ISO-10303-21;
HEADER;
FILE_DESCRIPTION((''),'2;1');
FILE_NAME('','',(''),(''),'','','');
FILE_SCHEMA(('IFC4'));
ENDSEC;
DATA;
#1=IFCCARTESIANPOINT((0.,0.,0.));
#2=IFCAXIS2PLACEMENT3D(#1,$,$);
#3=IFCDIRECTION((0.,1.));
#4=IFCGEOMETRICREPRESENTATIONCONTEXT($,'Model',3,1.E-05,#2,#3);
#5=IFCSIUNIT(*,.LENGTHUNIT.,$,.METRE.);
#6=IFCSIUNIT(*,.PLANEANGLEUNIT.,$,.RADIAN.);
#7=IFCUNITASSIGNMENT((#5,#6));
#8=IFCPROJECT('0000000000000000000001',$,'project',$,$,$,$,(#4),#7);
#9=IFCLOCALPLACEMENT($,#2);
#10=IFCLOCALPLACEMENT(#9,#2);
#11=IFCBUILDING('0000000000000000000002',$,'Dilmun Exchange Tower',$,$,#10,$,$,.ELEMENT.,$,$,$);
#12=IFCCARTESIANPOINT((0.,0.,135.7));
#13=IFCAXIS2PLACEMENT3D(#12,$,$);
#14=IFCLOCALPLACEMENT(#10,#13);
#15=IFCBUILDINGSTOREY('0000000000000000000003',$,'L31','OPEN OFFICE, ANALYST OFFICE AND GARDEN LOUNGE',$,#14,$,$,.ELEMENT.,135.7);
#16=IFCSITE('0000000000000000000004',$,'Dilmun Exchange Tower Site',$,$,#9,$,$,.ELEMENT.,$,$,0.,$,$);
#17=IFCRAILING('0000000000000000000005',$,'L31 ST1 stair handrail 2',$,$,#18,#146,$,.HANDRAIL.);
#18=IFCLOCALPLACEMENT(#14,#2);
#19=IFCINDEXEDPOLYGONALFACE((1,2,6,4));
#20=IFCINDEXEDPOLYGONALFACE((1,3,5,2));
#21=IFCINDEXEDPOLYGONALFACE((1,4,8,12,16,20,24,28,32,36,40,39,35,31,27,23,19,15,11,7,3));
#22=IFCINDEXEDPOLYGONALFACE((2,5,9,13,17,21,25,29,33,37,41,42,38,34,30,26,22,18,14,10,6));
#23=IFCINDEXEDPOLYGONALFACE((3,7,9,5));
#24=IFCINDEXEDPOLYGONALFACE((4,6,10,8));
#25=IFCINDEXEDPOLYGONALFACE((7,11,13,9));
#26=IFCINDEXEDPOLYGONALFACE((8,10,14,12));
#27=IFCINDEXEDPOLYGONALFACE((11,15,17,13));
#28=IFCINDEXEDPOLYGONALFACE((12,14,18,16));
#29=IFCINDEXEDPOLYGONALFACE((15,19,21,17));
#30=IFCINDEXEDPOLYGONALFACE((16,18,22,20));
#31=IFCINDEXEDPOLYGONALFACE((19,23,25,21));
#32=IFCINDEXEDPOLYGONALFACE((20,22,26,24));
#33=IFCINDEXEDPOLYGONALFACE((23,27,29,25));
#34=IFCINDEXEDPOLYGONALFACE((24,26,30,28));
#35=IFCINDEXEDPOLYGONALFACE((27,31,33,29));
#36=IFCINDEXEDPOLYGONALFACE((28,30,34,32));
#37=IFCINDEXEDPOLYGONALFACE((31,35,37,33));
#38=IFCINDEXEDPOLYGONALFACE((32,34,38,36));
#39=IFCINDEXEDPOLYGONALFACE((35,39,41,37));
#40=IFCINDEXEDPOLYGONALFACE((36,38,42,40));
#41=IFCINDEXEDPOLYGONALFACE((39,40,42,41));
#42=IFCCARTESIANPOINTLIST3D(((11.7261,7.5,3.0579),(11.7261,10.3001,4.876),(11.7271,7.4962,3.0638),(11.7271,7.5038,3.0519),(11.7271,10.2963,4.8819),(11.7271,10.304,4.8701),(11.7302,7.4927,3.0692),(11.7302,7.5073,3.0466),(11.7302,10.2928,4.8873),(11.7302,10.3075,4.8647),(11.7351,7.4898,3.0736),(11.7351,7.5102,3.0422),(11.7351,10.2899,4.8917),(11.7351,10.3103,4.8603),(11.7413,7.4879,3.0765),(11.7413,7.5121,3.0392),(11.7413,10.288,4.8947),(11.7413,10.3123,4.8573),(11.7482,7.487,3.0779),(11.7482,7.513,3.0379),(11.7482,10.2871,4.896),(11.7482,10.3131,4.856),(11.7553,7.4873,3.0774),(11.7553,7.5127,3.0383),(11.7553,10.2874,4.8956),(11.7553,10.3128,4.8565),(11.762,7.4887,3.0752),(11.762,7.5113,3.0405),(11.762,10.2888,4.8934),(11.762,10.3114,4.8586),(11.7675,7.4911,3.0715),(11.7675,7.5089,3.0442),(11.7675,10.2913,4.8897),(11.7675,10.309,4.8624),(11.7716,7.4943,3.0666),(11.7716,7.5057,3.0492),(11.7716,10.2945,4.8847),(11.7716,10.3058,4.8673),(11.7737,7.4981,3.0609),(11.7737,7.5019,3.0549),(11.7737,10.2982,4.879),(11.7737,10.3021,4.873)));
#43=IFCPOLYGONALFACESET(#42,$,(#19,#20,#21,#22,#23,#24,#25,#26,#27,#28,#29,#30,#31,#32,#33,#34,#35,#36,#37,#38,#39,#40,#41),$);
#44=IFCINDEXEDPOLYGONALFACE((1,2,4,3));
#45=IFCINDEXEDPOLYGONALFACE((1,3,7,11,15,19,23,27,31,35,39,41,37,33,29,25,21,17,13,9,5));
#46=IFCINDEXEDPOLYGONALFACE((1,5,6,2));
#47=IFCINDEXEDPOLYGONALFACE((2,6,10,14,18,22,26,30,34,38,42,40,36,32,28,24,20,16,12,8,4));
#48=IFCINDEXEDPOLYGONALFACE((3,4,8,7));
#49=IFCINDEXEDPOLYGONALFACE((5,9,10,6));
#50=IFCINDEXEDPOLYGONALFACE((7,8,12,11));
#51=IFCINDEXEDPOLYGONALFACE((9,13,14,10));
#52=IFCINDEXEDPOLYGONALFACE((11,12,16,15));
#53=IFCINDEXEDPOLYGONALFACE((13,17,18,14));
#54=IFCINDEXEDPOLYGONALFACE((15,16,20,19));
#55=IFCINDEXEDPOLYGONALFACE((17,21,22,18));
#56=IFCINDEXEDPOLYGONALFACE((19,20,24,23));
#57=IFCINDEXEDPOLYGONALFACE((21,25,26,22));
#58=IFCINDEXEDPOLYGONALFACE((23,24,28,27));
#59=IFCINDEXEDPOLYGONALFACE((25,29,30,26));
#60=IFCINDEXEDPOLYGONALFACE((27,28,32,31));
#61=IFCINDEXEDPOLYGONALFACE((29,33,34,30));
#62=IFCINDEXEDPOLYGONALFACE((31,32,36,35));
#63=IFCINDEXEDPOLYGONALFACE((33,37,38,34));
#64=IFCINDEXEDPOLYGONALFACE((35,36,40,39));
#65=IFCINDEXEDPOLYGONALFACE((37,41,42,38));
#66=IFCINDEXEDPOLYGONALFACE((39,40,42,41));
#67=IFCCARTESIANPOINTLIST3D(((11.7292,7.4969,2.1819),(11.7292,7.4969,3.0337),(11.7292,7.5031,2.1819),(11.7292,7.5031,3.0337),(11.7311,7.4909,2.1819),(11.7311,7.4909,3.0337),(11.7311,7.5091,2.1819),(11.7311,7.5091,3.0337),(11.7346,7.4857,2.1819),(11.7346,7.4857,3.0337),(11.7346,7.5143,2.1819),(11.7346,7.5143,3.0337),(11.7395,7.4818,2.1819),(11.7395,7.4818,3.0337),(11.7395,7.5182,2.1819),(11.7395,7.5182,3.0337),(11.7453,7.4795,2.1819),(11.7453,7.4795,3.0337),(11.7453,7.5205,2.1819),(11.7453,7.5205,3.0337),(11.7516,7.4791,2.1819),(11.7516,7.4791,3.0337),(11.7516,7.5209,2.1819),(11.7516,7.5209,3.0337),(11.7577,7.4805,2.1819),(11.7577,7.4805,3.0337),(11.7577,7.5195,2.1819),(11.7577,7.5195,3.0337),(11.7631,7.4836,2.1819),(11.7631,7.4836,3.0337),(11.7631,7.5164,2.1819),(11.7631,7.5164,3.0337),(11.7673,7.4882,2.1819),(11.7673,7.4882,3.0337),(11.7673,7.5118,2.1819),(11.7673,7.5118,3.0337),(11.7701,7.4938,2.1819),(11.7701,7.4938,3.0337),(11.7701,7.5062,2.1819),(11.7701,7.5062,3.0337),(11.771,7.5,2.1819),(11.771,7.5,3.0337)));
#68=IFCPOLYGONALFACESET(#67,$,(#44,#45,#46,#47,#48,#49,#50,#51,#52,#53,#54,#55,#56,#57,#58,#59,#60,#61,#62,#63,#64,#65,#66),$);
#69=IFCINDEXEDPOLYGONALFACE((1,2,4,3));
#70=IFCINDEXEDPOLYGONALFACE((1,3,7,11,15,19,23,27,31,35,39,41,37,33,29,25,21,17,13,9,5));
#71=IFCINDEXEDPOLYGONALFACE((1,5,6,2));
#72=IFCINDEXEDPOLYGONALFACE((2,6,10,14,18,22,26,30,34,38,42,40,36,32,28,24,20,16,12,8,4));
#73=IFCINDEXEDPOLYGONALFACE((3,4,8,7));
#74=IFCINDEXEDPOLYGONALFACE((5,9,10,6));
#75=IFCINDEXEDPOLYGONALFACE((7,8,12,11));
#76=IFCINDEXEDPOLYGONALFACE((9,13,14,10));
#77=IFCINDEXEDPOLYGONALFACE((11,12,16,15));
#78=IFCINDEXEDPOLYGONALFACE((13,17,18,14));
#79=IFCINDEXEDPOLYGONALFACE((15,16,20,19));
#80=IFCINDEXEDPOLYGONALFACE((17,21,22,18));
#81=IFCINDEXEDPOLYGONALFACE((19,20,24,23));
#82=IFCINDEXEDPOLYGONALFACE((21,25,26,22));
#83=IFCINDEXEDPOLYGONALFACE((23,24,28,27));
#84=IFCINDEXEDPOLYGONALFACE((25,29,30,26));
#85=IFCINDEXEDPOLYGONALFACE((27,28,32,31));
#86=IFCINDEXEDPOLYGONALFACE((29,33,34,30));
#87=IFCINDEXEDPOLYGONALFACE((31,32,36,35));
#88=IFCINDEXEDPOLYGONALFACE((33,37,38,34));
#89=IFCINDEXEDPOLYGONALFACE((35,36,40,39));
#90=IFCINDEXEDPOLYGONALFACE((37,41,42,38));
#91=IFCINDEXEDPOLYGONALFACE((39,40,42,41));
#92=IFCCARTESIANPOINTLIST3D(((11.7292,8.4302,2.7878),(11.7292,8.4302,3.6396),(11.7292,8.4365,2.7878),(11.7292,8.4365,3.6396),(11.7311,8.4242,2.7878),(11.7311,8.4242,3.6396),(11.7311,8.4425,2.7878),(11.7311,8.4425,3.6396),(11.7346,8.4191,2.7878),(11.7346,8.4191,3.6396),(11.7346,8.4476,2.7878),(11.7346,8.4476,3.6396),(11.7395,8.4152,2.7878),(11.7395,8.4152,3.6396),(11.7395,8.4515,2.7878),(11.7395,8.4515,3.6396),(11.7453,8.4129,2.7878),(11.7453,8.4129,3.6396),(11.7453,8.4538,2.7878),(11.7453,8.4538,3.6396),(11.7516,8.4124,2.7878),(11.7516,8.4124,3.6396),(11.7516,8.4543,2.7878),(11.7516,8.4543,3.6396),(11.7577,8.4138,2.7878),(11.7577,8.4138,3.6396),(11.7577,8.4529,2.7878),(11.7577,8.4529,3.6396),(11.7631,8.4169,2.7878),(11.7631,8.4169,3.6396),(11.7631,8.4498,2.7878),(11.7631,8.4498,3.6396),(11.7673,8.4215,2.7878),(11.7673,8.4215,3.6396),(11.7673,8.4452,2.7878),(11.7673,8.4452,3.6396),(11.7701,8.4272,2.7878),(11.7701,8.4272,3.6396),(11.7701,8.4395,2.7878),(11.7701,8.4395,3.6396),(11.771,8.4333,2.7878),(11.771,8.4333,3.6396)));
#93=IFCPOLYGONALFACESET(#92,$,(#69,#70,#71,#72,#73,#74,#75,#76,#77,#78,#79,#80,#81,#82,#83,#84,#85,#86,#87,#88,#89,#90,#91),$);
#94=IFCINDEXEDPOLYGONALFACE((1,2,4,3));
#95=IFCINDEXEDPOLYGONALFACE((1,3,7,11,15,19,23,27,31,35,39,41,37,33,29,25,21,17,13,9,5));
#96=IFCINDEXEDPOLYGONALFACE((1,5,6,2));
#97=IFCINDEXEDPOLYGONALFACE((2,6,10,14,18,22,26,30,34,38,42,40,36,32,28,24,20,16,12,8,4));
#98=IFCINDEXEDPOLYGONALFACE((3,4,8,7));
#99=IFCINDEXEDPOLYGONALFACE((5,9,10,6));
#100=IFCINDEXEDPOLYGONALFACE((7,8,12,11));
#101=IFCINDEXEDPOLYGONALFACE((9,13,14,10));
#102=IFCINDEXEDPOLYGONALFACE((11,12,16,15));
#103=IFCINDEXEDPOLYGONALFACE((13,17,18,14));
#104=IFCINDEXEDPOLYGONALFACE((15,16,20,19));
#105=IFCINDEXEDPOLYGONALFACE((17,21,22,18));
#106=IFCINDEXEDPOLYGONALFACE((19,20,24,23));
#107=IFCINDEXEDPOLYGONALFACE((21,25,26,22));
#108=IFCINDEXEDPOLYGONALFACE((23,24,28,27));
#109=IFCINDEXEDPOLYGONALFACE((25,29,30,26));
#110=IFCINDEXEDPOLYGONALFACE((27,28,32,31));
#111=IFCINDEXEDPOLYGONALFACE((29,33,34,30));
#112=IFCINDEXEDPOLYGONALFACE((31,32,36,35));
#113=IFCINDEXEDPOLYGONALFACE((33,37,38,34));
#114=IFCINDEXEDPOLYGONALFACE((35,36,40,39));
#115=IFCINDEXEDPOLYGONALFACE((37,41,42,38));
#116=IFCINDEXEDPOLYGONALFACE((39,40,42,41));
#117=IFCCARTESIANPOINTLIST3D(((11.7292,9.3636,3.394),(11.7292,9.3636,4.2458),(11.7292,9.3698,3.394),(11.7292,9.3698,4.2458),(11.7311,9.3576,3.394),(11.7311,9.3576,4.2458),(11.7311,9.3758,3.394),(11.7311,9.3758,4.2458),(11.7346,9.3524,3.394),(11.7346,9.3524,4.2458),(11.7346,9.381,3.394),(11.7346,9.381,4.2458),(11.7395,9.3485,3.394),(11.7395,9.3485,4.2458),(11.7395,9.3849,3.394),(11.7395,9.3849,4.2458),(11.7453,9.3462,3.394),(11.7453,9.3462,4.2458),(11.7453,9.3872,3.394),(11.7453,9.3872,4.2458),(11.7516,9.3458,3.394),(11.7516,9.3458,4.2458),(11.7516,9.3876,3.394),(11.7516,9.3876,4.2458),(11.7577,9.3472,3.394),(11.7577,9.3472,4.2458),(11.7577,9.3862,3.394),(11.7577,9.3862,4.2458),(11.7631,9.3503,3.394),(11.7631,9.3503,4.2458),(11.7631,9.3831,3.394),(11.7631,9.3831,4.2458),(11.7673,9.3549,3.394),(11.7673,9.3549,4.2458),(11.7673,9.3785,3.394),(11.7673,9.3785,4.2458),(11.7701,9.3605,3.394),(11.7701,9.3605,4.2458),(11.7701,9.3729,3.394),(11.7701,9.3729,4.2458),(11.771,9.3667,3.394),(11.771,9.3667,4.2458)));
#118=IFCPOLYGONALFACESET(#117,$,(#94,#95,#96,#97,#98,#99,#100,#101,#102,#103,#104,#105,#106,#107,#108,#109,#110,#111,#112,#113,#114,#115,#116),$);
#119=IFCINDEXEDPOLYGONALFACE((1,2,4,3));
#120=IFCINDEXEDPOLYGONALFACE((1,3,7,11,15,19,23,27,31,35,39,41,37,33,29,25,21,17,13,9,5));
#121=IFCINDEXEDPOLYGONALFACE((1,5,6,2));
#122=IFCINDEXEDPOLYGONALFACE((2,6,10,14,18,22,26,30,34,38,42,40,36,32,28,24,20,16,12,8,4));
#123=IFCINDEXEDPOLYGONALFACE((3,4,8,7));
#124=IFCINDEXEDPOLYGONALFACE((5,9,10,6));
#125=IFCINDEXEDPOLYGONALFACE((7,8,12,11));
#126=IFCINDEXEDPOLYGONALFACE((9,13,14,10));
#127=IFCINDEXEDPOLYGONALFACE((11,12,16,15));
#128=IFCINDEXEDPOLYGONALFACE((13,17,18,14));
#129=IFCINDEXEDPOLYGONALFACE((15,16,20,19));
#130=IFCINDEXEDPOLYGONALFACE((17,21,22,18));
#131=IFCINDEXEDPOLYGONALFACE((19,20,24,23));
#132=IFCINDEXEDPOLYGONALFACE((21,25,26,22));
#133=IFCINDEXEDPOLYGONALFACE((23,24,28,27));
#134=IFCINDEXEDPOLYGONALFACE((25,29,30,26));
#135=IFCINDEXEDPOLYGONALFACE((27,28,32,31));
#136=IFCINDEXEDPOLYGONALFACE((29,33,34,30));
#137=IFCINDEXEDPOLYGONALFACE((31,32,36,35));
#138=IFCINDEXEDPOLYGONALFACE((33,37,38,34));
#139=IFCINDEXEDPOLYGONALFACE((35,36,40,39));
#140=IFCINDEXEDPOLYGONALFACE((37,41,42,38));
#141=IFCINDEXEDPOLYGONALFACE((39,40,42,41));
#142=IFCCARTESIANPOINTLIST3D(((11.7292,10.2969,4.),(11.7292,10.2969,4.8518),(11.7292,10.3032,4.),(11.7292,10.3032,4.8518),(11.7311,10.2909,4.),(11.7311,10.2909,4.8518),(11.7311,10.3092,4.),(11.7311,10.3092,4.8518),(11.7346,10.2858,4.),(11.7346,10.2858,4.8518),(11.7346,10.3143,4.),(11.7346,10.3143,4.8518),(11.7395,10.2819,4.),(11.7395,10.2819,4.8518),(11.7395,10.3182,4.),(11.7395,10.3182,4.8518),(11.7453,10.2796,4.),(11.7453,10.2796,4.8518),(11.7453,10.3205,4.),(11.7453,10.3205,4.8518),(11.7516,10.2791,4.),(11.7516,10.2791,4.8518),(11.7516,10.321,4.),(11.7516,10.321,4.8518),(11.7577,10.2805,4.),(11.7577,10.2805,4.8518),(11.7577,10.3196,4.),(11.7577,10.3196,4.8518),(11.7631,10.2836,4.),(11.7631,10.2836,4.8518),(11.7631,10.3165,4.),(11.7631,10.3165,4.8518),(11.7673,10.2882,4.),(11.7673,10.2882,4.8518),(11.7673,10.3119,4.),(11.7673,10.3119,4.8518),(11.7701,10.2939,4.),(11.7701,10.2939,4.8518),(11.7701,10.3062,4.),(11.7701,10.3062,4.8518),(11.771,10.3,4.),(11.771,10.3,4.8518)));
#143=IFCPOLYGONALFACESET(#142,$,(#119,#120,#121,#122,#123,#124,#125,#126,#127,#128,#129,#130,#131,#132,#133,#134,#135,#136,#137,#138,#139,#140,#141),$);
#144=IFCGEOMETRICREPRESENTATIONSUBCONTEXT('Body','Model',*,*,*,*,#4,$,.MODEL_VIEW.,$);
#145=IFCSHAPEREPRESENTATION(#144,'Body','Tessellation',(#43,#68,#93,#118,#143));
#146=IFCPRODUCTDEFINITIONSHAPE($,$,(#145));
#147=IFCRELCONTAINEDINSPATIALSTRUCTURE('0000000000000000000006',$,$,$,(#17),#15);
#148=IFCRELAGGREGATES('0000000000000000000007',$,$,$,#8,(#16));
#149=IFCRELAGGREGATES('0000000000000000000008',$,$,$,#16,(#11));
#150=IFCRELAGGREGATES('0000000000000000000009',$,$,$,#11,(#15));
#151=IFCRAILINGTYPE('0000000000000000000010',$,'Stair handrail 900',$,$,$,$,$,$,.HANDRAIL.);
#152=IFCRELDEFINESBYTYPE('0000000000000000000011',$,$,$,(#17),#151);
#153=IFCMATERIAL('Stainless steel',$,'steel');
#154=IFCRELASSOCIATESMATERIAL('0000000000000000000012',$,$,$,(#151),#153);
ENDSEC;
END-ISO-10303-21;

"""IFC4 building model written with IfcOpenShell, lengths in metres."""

from ifc_helpers import new_model, si_unit, direction, frame, origin, origin_2d, place, context, subcontext, project, spatial, circle, extrude, material, type_object, element, save


model = new_model("IFC4")

# Units and contexts
model_context = context("Model", 3, precision=1e-05, world=origin(), true_north=direction((0.0, 1.0)))
body_context = subcontext(model_context, "Body", "Model", "MODEL_VIEW")
ifc_project = project(units=[si_unit("LENGTHUNIT", "METRE"), si_unit("PLANEANGLEUNIT", "RADIAN")], contexts=[model_context])

# Site, building, storey
site_placement = place(None, origin())
site = spatial("IfcSite", under=ifc_project, at=site_placement, Name="Dilmun Exchange Tower Site", CompositionType="ELEMENT", RefElevation=0.0)
building_placement = place(site_placement, origin())
building = spatial("IfcBuilding", under=site, at=building_placement, Name="Dilmun Exchange Tower", CompositionType="ELEMENT")
storey_placement = place(building_placement, frame((0.0, 0.0, 135.7)))
storey = spatial("IfcBuildingStorey", under=building, at=storey_placement, Name="L31", Description="OPEN OFFICE, ANALYST OFFICE AND GARDEN LOUNGE", CompositionType="ELEMENT", Elevation=135.7)

# Railing
ifc_material_1 = material(Name="Stainless steel", Category="steel")
railing_type = type_object("IfcRailingType", Name="Stair handrail 900", PredefinedType="HANDRAIL", material=ifc_material_1)
railing_1_placement = place(storey_placement, frame((11.75, 7.5, 2.1819)))
element("IfcRailing", 1, at=railing_1_placement, inside=storey, type_object=railing_type, Name="L31 ST1 stair handrail 2", PredefinedType="HANDRAIL", context=body_context, shape_type="SweptSolid", body=[
    extrude(circle(Radius=0.0239, at=origin_2d()), frame((0.0, 0.0, 0.876), z_axis=(0.0, 0.838706, 0.544585), x_axis=(-1.0, 0.0, 0.0)), (0.0, 0.0, 1.0), 3.3386),
    extrude(circle(Radius=0.021, at=origin_2d()), origin(), (0.0, 0.0, 1.0), 0.8518),
    extrude(circle(Radius=0.021, at=origin_2d()), frame((0.0, 0.9333, 0.606)), (0.0, 0.0, 1.0), 0.8518),
    extrude(circle(Radius=0.021, at=origin_2d()), frame((0.0, 1.8667, 1.2122)), (0.0, 0.0, 1.0), 0.8518),
    extrude(circle(Radius=0.021, at=origin_2d()), frame((0.0, 2.8, 1.8181)), (0.0, 0.0, 1.0), 0.8518),
])

save(model, "model.ifc")
